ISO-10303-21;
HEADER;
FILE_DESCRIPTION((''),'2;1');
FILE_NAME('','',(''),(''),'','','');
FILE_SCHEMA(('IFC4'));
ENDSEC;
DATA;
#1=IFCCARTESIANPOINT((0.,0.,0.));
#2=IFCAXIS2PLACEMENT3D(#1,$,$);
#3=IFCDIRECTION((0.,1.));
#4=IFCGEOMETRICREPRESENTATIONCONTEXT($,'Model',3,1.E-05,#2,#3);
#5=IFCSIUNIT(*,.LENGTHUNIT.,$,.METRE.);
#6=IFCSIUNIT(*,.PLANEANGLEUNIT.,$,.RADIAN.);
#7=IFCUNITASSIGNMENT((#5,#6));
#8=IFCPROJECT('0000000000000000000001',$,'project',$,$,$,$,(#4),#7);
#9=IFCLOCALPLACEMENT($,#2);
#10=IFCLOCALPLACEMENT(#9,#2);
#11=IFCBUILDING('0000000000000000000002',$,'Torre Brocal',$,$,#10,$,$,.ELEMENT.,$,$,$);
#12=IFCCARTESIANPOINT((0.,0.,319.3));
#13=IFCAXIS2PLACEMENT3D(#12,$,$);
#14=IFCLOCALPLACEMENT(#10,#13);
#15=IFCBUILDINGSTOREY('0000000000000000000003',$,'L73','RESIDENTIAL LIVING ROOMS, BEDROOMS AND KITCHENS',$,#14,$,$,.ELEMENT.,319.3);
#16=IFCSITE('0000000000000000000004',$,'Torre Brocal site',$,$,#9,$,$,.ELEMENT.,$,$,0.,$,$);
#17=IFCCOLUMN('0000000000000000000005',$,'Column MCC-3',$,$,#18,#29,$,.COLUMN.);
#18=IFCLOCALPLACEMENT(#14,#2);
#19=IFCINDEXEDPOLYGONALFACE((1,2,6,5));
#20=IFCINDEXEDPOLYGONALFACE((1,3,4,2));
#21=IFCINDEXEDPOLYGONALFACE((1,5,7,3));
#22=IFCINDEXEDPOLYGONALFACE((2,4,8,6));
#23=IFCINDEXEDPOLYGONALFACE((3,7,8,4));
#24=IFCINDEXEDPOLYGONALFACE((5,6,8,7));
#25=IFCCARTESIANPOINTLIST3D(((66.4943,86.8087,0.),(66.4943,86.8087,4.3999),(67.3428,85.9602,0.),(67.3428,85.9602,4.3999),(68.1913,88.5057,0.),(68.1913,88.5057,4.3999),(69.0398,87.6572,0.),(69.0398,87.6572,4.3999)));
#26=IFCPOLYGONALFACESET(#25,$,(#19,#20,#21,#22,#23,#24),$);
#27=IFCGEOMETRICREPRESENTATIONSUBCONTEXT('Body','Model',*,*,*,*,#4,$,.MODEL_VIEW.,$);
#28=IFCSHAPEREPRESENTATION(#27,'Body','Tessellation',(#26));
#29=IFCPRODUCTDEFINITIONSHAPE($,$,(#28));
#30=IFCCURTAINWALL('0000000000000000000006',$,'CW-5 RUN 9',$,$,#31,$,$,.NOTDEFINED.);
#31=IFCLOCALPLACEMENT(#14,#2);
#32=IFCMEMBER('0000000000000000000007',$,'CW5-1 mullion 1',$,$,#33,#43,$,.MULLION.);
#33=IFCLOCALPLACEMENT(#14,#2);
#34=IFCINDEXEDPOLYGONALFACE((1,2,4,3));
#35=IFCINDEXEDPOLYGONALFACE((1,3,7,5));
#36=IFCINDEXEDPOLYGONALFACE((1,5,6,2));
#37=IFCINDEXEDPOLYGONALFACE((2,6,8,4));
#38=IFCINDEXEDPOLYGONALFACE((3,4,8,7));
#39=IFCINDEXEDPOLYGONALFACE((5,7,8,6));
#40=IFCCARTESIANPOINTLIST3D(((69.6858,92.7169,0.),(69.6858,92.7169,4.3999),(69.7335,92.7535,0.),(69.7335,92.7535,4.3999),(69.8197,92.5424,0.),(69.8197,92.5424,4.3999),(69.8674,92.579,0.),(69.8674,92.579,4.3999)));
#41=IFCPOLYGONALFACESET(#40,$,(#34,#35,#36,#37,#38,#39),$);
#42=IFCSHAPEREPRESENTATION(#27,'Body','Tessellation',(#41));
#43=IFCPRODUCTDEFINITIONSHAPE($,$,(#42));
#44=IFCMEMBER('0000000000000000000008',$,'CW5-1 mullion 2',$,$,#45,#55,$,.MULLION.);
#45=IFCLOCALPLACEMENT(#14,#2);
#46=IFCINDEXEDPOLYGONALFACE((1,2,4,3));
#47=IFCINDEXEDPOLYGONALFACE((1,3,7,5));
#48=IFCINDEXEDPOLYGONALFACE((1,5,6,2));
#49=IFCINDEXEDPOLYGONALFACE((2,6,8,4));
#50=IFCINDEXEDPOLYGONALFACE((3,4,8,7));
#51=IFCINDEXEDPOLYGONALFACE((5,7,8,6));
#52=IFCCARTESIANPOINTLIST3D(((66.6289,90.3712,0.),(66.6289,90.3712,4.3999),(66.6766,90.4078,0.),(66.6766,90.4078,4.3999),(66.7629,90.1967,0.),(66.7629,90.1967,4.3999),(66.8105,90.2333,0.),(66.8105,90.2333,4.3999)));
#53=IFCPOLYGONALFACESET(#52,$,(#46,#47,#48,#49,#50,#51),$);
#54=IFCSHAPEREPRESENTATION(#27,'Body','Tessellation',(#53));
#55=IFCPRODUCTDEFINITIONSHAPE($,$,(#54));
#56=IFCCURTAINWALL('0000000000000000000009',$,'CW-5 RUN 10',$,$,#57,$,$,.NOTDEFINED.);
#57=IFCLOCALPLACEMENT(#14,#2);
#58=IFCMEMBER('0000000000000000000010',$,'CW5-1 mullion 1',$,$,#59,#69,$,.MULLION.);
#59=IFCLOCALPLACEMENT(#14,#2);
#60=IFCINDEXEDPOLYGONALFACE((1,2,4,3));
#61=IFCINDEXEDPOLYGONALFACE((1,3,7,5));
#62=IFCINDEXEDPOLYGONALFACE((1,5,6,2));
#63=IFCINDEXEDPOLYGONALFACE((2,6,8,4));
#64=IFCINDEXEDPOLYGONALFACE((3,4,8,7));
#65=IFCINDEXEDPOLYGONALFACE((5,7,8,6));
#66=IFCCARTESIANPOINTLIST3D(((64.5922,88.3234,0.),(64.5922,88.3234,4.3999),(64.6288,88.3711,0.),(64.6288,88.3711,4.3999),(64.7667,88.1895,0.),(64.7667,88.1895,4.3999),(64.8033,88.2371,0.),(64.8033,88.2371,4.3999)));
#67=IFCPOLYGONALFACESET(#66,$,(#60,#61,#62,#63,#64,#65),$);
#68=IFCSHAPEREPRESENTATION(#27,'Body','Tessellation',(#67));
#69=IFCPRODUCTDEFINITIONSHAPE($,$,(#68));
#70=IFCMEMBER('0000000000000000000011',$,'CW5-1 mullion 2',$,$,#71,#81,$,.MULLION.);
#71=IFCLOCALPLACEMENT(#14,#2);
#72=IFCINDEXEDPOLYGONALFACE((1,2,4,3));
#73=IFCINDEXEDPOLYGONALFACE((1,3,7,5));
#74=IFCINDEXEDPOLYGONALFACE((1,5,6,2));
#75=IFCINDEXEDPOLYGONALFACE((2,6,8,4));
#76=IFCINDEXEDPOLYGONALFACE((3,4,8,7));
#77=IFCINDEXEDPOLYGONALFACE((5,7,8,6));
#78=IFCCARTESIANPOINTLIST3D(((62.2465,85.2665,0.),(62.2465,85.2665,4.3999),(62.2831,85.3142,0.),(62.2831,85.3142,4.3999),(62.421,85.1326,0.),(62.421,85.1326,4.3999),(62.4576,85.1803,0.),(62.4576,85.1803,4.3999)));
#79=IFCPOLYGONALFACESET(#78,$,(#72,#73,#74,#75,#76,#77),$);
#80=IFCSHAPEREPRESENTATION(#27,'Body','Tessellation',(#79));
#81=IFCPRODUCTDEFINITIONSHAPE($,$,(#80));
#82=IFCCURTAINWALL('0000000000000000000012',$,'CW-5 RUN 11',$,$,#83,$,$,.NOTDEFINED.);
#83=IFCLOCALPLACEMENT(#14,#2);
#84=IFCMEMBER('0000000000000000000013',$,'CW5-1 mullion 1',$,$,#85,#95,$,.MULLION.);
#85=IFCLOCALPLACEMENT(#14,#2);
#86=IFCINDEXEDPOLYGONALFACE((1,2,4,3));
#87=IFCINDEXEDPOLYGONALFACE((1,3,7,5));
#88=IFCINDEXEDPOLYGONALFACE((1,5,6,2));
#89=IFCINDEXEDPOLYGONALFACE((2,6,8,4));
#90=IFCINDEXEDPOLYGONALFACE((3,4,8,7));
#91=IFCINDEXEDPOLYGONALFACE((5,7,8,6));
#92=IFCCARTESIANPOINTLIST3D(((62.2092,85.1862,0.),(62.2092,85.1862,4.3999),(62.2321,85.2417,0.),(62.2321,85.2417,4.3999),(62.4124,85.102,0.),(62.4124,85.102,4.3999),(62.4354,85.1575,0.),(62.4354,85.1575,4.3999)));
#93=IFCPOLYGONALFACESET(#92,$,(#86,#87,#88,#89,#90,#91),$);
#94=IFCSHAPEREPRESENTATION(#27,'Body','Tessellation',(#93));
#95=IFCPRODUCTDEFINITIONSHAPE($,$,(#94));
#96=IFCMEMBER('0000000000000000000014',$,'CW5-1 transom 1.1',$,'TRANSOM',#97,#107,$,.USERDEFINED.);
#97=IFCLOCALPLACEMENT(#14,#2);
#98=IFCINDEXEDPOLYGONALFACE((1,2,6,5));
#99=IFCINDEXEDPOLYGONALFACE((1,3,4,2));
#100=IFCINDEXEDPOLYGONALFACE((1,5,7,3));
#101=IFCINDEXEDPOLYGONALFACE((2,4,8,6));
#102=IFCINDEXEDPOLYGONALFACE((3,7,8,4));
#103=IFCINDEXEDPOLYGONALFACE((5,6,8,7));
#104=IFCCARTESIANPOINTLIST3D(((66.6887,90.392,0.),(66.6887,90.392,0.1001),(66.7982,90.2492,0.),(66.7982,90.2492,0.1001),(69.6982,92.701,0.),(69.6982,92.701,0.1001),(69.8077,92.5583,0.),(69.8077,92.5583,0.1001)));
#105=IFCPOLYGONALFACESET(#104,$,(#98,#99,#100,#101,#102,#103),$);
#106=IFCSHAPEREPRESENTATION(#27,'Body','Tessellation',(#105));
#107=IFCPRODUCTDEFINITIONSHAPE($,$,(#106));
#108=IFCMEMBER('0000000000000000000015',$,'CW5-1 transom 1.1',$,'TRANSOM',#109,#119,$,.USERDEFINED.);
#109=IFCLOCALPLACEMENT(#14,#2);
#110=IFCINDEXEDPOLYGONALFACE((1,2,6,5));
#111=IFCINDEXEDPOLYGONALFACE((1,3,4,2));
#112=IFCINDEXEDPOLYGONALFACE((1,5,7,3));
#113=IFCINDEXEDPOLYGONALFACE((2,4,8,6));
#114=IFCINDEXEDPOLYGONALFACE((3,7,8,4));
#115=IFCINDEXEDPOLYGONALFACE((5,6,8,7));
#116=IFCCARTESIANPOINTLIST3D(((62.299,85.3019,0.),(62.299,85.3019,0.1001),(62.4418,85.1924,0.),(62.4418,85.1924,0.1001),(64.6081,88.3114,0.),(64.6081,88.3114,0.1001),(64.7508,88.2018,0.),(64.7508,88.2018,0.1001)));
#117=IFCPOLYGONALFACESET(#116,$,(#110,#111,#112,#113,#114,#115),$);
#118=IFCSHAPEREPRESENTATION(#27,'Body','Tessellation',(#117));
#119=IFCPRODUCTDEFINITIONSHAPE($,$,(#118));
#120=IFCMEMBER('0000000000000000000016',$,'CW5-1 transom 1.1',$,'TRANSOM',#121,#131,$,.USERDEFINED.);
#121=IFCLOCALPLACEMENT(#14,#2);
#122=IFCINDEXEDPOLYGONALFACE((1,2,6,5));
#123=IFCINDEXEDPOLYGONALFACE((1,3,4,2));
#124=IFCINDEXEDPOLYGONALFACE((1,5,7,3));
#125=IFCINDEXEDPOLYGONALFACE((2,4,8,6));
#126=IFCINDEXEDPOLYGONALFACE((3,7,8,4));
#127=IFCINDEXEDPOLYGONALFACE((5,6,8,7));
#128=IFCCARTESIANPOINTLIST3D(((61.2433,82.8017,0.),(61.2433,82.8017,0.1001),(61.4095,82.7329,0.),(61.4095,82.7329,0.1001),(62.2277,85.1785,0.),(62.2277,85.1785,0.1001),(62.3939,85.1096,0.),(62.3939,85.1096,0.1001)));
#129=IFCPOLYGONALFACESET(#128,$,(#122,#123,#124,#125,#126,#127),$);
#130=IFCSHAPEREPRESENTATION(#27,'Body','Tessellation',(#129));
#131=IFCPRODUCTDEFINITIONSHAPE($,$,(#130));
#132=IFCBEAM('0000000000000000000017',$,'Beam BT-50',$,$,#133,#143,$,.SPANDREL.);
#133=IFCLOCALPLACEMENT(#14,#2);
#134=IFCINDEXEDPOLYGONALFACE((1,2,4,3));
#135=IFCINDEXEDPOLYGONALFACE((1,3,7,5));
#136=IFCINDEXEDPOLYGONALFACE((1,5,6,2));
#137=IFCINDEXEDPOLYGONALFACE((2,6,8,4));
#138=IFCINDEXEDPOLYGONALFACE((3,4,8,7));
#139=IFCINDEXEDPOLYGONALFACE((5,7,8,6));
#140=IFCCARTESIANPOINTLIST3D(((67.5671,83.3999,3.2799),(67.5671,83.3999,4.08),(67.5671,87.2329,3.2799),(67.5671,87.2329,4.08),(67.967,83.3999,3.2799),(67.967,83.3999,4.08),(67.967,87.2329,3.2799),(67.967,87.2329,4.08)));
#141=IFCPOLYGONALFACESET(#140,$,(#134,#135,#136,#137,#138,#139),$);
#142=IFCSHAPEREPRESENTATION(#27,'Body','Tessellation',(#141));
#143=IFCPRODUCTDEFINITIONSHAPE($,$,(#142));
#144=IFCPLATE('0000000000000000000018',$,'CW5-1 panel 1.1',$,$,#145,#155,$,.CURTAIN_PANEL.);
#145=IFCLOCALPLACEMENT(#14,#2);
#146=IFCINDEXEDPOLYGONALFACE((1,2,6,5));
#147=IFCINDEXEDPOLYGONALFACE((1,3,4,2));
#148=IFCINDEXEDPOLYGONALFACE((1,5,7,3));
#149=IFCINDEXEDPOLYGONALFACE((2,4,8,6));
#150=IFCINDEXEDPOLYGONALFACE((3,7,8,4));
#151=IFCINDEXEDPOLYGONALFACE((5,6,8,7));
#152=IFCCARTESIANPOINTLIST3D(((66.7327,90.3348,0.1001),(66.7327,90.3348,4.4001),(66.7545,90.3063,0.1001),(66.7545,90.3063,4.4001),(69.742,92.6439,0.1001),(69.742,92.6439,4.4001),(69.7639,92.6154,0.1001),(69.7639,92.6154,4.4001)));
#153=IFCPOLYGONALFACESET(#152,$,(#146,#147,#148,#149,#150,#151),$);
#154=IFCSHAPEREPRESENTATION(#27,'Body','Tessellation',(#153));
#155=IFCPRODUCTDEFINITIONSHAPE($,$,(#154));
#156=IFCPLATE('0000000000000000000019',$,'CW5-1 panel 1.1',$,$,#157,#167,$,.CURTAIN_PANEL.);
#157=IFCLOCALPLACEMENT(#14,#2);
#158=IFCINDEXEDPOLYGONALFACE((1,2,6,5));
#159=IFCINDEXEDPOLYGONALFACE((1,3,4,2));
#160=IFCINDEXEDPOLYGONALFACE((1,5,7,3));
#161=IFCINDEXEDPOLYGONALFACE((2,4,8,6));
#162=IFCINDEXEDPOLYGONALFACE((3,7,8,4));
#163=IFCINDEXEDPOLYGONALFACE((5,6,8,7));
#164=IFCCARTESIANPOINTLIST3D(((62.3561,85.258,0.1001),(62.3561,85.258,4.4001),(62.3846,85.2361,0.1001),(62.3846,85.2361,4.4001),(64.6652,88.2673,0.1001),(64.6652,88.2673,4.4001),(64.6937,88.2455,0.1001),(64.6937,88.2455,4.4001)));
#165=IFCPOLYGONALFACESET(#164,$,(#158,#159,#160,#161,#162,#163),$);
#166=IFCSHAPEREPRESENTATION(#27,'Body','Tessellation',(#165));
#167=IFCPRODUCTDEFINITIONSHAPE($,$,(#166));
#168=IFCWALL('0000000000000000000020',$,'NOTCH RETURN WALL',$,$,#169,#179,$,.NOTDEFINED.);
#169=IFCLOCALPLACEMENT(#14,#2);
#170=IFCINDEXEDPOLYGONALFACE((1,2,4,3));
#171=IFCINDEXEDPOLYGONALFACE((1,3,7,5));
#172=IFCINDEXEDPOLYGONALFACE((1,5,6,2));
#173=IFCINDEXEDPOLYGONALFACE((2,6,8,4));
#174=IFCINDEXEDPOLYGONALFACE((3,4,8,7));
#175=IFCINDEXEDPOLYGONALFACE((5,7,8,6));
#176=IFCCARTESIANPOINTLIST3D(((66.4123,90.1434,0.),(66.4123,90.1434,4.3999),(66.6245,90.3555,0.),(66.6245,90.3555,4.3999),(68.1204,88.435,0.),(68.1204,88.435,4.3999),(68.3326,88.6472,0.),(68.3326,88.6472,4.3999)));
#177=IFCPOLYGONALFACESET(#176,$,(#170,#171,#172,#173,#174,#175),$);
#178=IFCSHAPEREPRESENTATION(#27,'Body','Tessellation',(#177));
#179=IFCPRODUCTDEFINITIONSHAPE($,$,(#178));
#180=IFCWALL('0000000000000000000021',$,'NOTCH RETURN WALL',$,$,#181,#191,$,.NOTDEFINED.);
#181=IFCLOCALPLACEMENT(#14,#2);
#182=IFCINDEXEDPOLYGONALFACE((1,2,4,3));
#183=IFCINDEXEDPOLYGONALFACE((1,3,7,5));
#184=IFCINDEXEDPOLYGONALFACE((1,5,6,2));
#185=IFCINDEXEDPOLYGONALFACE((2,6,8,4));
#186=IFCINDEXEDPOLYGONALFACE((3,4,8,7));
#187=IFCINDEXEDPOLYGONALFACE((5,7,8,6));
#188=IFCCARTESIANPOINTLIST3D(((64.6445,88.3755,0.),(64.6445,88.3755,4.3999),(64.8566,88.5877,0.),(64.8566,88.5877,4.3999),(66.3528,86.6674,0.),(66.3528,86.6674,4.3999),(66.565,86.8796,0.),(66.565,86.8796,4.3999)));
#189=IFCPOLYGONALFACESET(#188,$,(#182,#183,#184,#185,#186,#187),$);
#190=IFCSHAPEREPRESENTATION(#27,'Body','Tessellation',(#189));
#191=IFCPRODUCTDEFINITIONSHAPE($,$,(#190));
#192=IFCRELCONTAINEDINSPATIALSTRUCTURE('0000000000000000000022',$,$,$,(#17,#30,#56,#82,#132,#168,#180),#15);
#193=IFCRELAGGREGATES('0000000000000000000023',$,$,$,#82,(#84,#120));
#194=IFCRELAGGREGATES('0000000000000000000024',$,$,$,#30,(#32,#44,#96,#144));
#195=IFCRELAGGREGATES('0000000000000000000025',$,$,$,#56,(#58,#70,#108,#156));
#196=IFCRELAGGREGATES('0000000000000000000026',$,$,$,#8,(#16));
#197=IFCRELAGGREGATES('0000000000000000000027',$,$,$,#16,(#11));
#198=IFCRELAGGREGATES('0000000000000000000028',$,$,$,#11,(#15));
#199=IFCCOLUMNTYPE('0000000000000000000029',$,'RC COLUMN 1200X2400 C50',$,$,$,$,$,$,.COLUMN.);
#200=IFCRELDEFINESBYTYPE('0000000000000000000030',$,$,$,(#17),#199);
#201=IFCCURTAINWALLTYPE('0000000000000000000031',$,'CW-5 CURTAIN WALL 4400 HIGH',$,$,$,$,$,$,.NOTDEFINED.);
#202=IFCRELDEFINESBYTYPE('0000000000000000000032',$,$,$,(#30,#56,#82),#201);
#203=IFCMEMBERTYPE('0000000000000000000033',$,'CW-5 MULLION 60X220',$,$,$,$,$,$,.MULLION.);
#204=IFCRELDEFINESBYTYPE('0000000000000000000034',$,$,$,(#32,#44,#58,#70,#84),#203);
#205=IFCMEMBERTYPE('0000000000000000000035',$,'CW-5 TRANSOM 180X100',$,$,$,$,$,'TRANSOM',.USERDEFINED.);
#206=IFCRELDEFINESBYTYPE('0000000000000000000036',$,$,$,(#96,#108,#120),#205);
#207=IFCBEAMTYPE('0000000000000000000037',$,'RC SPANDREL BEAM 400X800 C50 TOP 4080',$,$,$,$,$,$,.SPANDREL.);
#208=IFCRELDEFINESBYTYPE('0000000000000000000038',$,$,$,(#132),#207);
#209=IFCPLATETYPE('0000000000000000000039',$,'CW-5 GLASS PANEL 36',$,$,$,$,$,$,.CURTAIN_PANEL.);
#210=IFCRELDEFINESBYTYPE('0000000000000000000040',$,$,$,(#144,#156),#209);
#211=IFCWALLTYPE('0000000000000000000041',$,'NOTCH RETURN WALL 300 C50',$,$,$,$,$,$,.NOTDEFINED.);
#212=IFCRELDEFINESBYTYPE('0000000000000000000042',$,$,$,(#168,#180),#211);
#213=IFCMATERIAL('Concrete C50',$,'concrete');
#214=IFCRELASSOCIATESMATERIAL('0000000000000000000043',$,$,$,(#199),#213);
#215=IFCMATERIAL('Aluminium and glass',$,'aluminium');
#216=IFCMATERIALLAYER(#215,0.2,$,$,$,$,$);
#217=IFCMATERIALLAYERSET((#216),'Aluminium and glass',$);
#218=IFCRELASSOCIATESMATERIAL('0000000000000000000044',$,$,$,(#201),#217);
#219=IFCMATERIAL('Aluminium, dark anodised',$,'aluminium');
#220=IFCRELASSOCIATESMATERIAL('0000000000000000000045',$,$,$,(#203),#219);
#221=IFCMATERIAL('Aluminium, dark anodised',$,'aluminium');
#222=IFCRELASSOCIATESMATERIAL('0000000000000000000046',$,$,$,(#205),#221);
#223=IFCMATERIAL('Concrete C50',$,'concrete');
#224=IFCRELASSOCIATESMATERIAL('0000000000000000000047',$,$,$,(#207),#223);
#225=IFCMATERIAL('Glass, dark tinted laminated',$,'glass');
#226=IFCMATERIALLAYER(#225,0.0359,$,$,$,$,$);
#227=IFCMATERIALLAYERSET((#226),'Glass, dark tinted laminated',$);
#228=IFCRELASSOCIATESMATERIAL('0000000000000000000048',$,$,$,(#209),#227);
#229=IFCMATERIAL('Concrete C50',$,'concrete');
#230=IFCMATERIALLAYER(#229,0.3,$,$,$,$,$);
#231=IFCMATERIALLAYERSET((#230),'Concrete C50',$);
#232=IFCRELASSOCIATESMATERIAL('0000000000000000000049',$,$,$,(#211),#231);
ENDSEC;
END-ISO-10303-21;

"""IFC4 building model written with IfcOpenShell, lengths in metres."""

from ifc_helpers import new_model, si_unit, direction, frame, frame_2d, origin, origin_2d, place, context, subcontext, project, spatial, rectangle, extrude, material, layer, layer_set, material_profile, profile_set, type_object, element, aggregate, save


model = new_model("IFC4")

# Units and contexts
model_context = context("Model", 3, precision=1e-05, world=origin(), true_north=direction((0.0, 1.0)))
body_context = subcontext(model_context, "Body", "Model", "MODEL_VIEW")
ifc_project = project(units=[si_unit("LENGTHUNIT", "METRE"), si_unit("PLANEANGLEUNIT", "RADIAN")], contexts=[model_context])

# Site, building, storey
site_placement = place(None, origin())
site = spatial("IfcSite", under=ifc_project, at=site_placement, Name="Torre Brocal site", CompositionType="ELEMENT", RefElevation=0.0)
building_placement = place(site_placement, origin())
building = spatial("IfcBuilding", under=site, at=building_placement, Name="Torre Brocal", CompositionType="ELEMENT")
storey_placement = place(building_placement, frame((0.0, 0.0, 319.3)))
storey = spatial("IfcBuildingStorey", under=building, at=storey_placement, Name="L73", Description="RESIDENTIAL LIVING ROOMS, BEDROOMS AND KITCHENS", CompositionType="ELEMENT", Elevation=319.3)

# Column
ifc_material_1 = material(Name="Concrete C50", Category="concrete")
ifc_material_profile_1 = material_profile(ifc_material_1, rectangle(XDim=1.2, YDim=2.3999, at=origin_2d()), Name="RC 1200X2400")
ifc_profile_set_1 = profile_set([ifc_material_profile_1], Name="Concrete C50")
column_type = type_object("IfcColumnType", Name="RC COLUMN 1200X2400 C50", PredefinedType="COLUMN", material=ifc_profile_set_1)
column_placement = place(storey_placement, frame((67.7671, 87.2329, 0.0), z_axis=(0.0, 0.0, 1.0), x_axis=(-0.707107, 0.707107, 0.0)))
element("IfcColumn", 1, at=column_placement, inside=storey, type_object=column_type, Name="Column MCC-3", PredefinedType="COLUMN", context=body_context, shape_type="SweptSolid", body=[
    extrude(rectangle(XDim=1.2, YDim=2.3999, at=origin_2d()), origin(), (0.0, 0.0, 1.0), 4.3999),
])

# Curtain walls, members
ifc_material_2 = material(Name="Aluminium and glass", Category="aluminium")
ifc_layer_1 = layer(ifc_material_2, 0.2)
ifc_layer_set_1 = layer_set([ifc_layer_1], Name="Aluminium and glass")
curtain_wall_type = type_object("IfcCurtainWallType", Name="CW-5 CURTAIN WALL 4400 HIGH", PredefinedType="NOTDEFINED", material=ifc_layer_set_1)
curtain_wall_1_placement = place(storey_placement, origin())
curtain_wall_1 = element("IfcCurtainWall", 2, at=curtain_wall_1_placement, inside=storey, type_object=curtain_wall_type, Name="CW-5 RUN 9", PredefinedType="NOTDEFINED")
ifc_material_3 = material(Name="Aluminium, dark anodised", Category="aluminium")
ifc_material_profile_2 = material_profile(ifc_material_3, rectangle(XDim=0.22, YDim=0.0601, at=origin_2d()), Name="CW-5 MULLION 60X220")
ifc_profile_set_2 = profile_set([ifc_material_profile_2], Name="Aluminium, dark anodised")
member_type_1 = type_object("IfcMemberType", Name="CW-5 MULLION 60X220", PredefinedType="MULLION", material=ifc_profile_set_2)
member_1_placement = place(storey_placement, frame((69.7766, 92.6479, 0.0), z_axis=(0.0, 0.0, 1.0), x_axis=(0.608761, -0.793353, 0.0)))
member_1 = element("IfcMember", 3, at=member_1_placement, type_object=member_type_1, Name="CW5-1 mullion 1", PredefinedType="MULLION", context=body_context, shape_type="SweptSolid", body=[
    extrude(rectangle(XDim=0.22, YDim=0.0601, at=origin_2d()), origin(), (0.0, 0.0, 1.0), 4.3999),
])
member_2_placement = place(storey_placement, frame((66.7197, 90.3022, 0.0), z_axis=(0.0, 0.0, 1.0), x_axis=(0.608761, -0.793353, 0.0)))
member_2 = element("IfcMember", 4, at=member_2_placement, type_object=member_type_1, Name="CW5-1 mullion 2", PredefinedType="MULLION", context=body_context, shape_type="SweptSolid", body=[
    extrude(rectangle(XDim=0.22, YDim=0.0601, at=origin_2d()), origin(), (0.0, 0.0, 1.0), 4.3999),
])
curtain_wall_2_placement = place(storey_placement, origin())
curtain_wall_2 = element("IfcCurtainWall", 5, at=curtain_wall_2_placement, inside=storey, type_object=curtain_wall_type, Name="CW-5 RUN 10", PredefinedType="NOTDEFINED")
member_3_placement = place(storey_placement, frame((64.6978, 88.2803, 0.0), z_axis=(0.0, 0.0, 1.0), x_axis=(0.793353, -0.608761, 0.0)))
member_3 = element("IfcMember", 6, at=member_3_placement, type_object=member_type_1, Name="CW5-1 mullion 1", PredefinedType="MULLION", context=body_context, shape_type="SweptSolid", body=[
    extrude(rectangle(XDim=0.22, YDim=0.0601, at=origin_2d()), origin(), (0.0, 0.0, 1.0), 4.3999),
])
member_4_placement = place(storey_placement, frame((62.3521, 85.2234, 0.0), z_axis=(0.0, 0.0, 1.0), x_axis=(0.793353, -0.608761, 0.0)))
member_4 = element("IfcMember", 7, at=member_4_placement, type_object=member_type_1, Name="CW5-1 mullion 2", PredefinedType="MULLION", context=body_context, shape_type="SweptSolid", body=[
    extrude(rectangle(XDim=0.22, YDim=0.0601, at=origin_2d()), origin(), (0.0, 0.0, 1.0), 4.3999),
])

# Curtain wall, member
curtain_wall_3_placement = place(storey_placement, origin())
curtain_wall_3 = element("IfcCurtainWall", 8, at=curtain_wall_3_placement, inside=storey, type_object=curtain_wall_type, Name="CW-5 RUN 11", PredefinedType="NOTDEFINED")
member_5_placement = place(storey_placement, frame((62.3223, 85.1719, 0.0), z_axis=(0.0, 0.0, 1.0), x_axis=(0.92388, -0.382683, 0.0)))
member_5 = element("IfcMember", 9, at=member_5_placement, type_object=member_type_1, Name="CW5-1 mullion 1", PredefinedType="MULLION", context=body_context, shape_type="SweptSolid", body=[
    extrude(rectangle(XDim=0.22, YDim=0.0601, at=origin_2d()), origin(), (0.0, 0.0, 1.0), 4.3999),
])

# Members
ifc_material_4 = material(Name="Aluminium, dark anodised", Category="aluminium")
ifc_material_profile_3 = material_profile(ifc_material_4, rectangle(XDim=0.1799, YDim=0.1001, at=origin_2d()), Name="CW-5 TRANSOM 180X100")
ifc_profile_set_3 = profile_set([ifc_material_profile_3], Name="Aluminium, dark anodised")
member_type_2 = type_object("IfcMemberType", Name="CW-5 TRANSOM 180X100", ElementType="TRANSOM", PredefinedType="USERDEFINED", material=ifc_profile_set_3)
member_6_placement = place(storey_placement, frame((69.7529, 92.6296, 0.05), z_axis=(-0.793379, -0.608727, 0.0), x_axis=(0.608727, -0.793379, 0.0)))
member_6 = element("IfcMember", 10, at=member_6_placement, type_object=member_type_2, Name="CW5-1 transom 1.1", ObjectType="TRANSOM", PredefinedType="USERDEFINED", context=body_context, shape_type="SweptSolid", body=[
    extrude(rectangle(XDim=0.1799, YDim=0.1001, at=origin_2d()), origin(), (0.0, 0.0, 1.0), 3.7932),
])
member_7_placement = place(storey_placement, frame((64.6794, 88.2566, 0.05), z_axis=(-0.608727, -0.793379, 0.0), x_axis=(0.793379, -0.608727, 0.0)))
member_7 = element("IfcMember", 11, at=member_7_placement, type_object=member_type_2, Name="CW5-1 transom 1.1", ObjectType="TRANSOM", PredefinedType="USERDEFINED", context=body_context, shape_type="SweptSolid", body=[
    extrude(rectangle(XDim=0.1799, YDim=0.1001, at=origin_2d()), origin(), (0.0, 0.0, 1.0), 3.7932),
])
member_8_placement = place(storey_placement, frame((62.3108, 85.144, 0.05), z_axis=(-0.382654, -0.923892, 0.0), x_axis=(0.923892, -0.382654, 0.0)))
member_8 = element("IfcMember", 12, at=member_8_placement, type_object=member_type_2, Name="CW5-1 transom 1.1", ObjectType="TRANSOM", PredefinedType="USERDEFINED", context=body_context, shape_type="SweptSolid", body=[
    extrude(rectangle(XDim=0.1799, YDim=0.1001, at=origin_2d()), origin(), (0.0, 0.0, 1.0), 2.5725),
])
aggregate(curtain_wall_3, [member_5, member_8])

# Beam
ifc_material_5 = material(Name="Concrete C50", Category="concrete")
ifc_material_profile_4 = material_profile(ifc_material_5, rectangle(XDim=0.3999, YDim=0.8, at=origin_2d()), Name="RC 400X800")
ifc_profile_set_4 = profile_set([ifc_material_profile_4], Name="Concrete C50")
beam_type = type_object("IfcBeamType", Name="RC SPANDREL BEAM 400X800 C50 TOP 4080", PredefinedType="SPANDREL", material=ifc_profile_set_4)
beam_placement = place(storey_placement, frame((67.7671, 87.2329, 3.6799), z_axis=(0.0, -1.0, 0.0), x_axis=(1.0, 0.0, 0.0)))
element("IfcBeam", 13, at=beam_placement, inside=storey, type_object=beam_type, Name="Beam BT-50", PredefinedType="SPANDREL", context=body_context, shape_type="SweptSolid", body=[
    extrude(rectangle(XDim=0.3999, YDim=0.8, at=origin_2d()), origin(), (0.0, 0.0, 1.0), 3.833),
])

# Plates
ifc_material_6 = material(Name="Glass, dark tinted laminated", Category="glass")
ifc_layer_2 = layer(ifc_material_6, 0.0359)
ifc_layer_set_2 = layer_set([ifc_layer_2], Name="Glass, dark tinted laminated")
plate_type = type_object("IfcPlateType", Name="CW-5 GLASS PANEL 36", PredefinedType="CURTAIN_PANEL", material=ifc_layer_set_2)
plate_1_placement = place(storey_placement, frame((68.2483, 91.4751, 0.1001), z_axis=(0.0, 0.0, 1.0), x_axis=(-0.793353, -0.608761, 0.0)))
plate_1 = element("IfcPlate", 14, at=plate_1_placement, type_object=plate_type, Name="CW5-1 panel 1.1", PredefinedType="CURTAIN_PANEL", context=body_context, shape_type="SweptSolid", body=[
    extrude(rectangle(XDim=3.7932, YDim=0.0359, at=origin_2d()), origin(), (0.0, 0.0, 1.0), 4.3),
])
aggregate(curtain_wall_1, [member_1, member_2, member_6, plate_1])
plate_2_placement = place(storey_placement, frame((63.5249, 86.7517, 0.1001), z_axis=(0.0, 0.0, 1.0), x_axis=(-0.608761, -0.793353, 0.0)))
plate_2 = element("IfcPlate", 15, at=plate_2_placement, type_object=plate_type, Name="CW5-1 panel 1.1", PredefinedType="CURTAIN_PANEL", context=body_context, shape_type="SweptSolid", body=[
    extrude(rectangle(XDim=3.7932, YDim=0.0359, at=origin_2d()), origin(), (0.0, 0.0, 1.0), 4.3),
])
aggregate(curtain_wall_2, [member_3, member_4, member_7, plate_2])

# Walls
ifc_material_7 = material(Name="Concrete C50", Category="concrete")
ifc_layer_3 = layer(ifc_material_7, 0.3)
ifc_layer_set_3 = layer_set([ifc_layer_3], Name="Concrete C50")
wall_type_1 = type_object("IfcWallType", Name="NOTCH RETURN WALL 300 C50", PredefinedType="NOTDEFINED", material=ifc_layer_set_3)
for number, where, z_axis, x_axis, name in (
    (16, (68.2266, 88.541, 0.0), (0.0, 0.0, 1.0), (-0.707056, 0.707157, 0.0), "NOTCH RETURN WALL"),
    (17, (66.459, 86.7734, 0.0), (0.0, 0.0, 1.0), (-0.707157, 0.707056, 0.0), "NOTCH RETURN WALL"),
):
    element("IfcWall", number, at=place(storey_placement, frame(where, z_axis=z_axis, x_axis=x_axis)), inside=storey, type_object=wall_type_1, Name=name, PredefinedType="NOTDEFINED", context=body_context, shape_type="SweptSolid", body=[
        extrude(rectangle(XDim=2.4158, YDim=0.3, at=frame_2d((1.208, 0.0))), origin(), (0.0, 0.0, 1.0), 4.3999),
    ])

save(model, "model.ifc")
